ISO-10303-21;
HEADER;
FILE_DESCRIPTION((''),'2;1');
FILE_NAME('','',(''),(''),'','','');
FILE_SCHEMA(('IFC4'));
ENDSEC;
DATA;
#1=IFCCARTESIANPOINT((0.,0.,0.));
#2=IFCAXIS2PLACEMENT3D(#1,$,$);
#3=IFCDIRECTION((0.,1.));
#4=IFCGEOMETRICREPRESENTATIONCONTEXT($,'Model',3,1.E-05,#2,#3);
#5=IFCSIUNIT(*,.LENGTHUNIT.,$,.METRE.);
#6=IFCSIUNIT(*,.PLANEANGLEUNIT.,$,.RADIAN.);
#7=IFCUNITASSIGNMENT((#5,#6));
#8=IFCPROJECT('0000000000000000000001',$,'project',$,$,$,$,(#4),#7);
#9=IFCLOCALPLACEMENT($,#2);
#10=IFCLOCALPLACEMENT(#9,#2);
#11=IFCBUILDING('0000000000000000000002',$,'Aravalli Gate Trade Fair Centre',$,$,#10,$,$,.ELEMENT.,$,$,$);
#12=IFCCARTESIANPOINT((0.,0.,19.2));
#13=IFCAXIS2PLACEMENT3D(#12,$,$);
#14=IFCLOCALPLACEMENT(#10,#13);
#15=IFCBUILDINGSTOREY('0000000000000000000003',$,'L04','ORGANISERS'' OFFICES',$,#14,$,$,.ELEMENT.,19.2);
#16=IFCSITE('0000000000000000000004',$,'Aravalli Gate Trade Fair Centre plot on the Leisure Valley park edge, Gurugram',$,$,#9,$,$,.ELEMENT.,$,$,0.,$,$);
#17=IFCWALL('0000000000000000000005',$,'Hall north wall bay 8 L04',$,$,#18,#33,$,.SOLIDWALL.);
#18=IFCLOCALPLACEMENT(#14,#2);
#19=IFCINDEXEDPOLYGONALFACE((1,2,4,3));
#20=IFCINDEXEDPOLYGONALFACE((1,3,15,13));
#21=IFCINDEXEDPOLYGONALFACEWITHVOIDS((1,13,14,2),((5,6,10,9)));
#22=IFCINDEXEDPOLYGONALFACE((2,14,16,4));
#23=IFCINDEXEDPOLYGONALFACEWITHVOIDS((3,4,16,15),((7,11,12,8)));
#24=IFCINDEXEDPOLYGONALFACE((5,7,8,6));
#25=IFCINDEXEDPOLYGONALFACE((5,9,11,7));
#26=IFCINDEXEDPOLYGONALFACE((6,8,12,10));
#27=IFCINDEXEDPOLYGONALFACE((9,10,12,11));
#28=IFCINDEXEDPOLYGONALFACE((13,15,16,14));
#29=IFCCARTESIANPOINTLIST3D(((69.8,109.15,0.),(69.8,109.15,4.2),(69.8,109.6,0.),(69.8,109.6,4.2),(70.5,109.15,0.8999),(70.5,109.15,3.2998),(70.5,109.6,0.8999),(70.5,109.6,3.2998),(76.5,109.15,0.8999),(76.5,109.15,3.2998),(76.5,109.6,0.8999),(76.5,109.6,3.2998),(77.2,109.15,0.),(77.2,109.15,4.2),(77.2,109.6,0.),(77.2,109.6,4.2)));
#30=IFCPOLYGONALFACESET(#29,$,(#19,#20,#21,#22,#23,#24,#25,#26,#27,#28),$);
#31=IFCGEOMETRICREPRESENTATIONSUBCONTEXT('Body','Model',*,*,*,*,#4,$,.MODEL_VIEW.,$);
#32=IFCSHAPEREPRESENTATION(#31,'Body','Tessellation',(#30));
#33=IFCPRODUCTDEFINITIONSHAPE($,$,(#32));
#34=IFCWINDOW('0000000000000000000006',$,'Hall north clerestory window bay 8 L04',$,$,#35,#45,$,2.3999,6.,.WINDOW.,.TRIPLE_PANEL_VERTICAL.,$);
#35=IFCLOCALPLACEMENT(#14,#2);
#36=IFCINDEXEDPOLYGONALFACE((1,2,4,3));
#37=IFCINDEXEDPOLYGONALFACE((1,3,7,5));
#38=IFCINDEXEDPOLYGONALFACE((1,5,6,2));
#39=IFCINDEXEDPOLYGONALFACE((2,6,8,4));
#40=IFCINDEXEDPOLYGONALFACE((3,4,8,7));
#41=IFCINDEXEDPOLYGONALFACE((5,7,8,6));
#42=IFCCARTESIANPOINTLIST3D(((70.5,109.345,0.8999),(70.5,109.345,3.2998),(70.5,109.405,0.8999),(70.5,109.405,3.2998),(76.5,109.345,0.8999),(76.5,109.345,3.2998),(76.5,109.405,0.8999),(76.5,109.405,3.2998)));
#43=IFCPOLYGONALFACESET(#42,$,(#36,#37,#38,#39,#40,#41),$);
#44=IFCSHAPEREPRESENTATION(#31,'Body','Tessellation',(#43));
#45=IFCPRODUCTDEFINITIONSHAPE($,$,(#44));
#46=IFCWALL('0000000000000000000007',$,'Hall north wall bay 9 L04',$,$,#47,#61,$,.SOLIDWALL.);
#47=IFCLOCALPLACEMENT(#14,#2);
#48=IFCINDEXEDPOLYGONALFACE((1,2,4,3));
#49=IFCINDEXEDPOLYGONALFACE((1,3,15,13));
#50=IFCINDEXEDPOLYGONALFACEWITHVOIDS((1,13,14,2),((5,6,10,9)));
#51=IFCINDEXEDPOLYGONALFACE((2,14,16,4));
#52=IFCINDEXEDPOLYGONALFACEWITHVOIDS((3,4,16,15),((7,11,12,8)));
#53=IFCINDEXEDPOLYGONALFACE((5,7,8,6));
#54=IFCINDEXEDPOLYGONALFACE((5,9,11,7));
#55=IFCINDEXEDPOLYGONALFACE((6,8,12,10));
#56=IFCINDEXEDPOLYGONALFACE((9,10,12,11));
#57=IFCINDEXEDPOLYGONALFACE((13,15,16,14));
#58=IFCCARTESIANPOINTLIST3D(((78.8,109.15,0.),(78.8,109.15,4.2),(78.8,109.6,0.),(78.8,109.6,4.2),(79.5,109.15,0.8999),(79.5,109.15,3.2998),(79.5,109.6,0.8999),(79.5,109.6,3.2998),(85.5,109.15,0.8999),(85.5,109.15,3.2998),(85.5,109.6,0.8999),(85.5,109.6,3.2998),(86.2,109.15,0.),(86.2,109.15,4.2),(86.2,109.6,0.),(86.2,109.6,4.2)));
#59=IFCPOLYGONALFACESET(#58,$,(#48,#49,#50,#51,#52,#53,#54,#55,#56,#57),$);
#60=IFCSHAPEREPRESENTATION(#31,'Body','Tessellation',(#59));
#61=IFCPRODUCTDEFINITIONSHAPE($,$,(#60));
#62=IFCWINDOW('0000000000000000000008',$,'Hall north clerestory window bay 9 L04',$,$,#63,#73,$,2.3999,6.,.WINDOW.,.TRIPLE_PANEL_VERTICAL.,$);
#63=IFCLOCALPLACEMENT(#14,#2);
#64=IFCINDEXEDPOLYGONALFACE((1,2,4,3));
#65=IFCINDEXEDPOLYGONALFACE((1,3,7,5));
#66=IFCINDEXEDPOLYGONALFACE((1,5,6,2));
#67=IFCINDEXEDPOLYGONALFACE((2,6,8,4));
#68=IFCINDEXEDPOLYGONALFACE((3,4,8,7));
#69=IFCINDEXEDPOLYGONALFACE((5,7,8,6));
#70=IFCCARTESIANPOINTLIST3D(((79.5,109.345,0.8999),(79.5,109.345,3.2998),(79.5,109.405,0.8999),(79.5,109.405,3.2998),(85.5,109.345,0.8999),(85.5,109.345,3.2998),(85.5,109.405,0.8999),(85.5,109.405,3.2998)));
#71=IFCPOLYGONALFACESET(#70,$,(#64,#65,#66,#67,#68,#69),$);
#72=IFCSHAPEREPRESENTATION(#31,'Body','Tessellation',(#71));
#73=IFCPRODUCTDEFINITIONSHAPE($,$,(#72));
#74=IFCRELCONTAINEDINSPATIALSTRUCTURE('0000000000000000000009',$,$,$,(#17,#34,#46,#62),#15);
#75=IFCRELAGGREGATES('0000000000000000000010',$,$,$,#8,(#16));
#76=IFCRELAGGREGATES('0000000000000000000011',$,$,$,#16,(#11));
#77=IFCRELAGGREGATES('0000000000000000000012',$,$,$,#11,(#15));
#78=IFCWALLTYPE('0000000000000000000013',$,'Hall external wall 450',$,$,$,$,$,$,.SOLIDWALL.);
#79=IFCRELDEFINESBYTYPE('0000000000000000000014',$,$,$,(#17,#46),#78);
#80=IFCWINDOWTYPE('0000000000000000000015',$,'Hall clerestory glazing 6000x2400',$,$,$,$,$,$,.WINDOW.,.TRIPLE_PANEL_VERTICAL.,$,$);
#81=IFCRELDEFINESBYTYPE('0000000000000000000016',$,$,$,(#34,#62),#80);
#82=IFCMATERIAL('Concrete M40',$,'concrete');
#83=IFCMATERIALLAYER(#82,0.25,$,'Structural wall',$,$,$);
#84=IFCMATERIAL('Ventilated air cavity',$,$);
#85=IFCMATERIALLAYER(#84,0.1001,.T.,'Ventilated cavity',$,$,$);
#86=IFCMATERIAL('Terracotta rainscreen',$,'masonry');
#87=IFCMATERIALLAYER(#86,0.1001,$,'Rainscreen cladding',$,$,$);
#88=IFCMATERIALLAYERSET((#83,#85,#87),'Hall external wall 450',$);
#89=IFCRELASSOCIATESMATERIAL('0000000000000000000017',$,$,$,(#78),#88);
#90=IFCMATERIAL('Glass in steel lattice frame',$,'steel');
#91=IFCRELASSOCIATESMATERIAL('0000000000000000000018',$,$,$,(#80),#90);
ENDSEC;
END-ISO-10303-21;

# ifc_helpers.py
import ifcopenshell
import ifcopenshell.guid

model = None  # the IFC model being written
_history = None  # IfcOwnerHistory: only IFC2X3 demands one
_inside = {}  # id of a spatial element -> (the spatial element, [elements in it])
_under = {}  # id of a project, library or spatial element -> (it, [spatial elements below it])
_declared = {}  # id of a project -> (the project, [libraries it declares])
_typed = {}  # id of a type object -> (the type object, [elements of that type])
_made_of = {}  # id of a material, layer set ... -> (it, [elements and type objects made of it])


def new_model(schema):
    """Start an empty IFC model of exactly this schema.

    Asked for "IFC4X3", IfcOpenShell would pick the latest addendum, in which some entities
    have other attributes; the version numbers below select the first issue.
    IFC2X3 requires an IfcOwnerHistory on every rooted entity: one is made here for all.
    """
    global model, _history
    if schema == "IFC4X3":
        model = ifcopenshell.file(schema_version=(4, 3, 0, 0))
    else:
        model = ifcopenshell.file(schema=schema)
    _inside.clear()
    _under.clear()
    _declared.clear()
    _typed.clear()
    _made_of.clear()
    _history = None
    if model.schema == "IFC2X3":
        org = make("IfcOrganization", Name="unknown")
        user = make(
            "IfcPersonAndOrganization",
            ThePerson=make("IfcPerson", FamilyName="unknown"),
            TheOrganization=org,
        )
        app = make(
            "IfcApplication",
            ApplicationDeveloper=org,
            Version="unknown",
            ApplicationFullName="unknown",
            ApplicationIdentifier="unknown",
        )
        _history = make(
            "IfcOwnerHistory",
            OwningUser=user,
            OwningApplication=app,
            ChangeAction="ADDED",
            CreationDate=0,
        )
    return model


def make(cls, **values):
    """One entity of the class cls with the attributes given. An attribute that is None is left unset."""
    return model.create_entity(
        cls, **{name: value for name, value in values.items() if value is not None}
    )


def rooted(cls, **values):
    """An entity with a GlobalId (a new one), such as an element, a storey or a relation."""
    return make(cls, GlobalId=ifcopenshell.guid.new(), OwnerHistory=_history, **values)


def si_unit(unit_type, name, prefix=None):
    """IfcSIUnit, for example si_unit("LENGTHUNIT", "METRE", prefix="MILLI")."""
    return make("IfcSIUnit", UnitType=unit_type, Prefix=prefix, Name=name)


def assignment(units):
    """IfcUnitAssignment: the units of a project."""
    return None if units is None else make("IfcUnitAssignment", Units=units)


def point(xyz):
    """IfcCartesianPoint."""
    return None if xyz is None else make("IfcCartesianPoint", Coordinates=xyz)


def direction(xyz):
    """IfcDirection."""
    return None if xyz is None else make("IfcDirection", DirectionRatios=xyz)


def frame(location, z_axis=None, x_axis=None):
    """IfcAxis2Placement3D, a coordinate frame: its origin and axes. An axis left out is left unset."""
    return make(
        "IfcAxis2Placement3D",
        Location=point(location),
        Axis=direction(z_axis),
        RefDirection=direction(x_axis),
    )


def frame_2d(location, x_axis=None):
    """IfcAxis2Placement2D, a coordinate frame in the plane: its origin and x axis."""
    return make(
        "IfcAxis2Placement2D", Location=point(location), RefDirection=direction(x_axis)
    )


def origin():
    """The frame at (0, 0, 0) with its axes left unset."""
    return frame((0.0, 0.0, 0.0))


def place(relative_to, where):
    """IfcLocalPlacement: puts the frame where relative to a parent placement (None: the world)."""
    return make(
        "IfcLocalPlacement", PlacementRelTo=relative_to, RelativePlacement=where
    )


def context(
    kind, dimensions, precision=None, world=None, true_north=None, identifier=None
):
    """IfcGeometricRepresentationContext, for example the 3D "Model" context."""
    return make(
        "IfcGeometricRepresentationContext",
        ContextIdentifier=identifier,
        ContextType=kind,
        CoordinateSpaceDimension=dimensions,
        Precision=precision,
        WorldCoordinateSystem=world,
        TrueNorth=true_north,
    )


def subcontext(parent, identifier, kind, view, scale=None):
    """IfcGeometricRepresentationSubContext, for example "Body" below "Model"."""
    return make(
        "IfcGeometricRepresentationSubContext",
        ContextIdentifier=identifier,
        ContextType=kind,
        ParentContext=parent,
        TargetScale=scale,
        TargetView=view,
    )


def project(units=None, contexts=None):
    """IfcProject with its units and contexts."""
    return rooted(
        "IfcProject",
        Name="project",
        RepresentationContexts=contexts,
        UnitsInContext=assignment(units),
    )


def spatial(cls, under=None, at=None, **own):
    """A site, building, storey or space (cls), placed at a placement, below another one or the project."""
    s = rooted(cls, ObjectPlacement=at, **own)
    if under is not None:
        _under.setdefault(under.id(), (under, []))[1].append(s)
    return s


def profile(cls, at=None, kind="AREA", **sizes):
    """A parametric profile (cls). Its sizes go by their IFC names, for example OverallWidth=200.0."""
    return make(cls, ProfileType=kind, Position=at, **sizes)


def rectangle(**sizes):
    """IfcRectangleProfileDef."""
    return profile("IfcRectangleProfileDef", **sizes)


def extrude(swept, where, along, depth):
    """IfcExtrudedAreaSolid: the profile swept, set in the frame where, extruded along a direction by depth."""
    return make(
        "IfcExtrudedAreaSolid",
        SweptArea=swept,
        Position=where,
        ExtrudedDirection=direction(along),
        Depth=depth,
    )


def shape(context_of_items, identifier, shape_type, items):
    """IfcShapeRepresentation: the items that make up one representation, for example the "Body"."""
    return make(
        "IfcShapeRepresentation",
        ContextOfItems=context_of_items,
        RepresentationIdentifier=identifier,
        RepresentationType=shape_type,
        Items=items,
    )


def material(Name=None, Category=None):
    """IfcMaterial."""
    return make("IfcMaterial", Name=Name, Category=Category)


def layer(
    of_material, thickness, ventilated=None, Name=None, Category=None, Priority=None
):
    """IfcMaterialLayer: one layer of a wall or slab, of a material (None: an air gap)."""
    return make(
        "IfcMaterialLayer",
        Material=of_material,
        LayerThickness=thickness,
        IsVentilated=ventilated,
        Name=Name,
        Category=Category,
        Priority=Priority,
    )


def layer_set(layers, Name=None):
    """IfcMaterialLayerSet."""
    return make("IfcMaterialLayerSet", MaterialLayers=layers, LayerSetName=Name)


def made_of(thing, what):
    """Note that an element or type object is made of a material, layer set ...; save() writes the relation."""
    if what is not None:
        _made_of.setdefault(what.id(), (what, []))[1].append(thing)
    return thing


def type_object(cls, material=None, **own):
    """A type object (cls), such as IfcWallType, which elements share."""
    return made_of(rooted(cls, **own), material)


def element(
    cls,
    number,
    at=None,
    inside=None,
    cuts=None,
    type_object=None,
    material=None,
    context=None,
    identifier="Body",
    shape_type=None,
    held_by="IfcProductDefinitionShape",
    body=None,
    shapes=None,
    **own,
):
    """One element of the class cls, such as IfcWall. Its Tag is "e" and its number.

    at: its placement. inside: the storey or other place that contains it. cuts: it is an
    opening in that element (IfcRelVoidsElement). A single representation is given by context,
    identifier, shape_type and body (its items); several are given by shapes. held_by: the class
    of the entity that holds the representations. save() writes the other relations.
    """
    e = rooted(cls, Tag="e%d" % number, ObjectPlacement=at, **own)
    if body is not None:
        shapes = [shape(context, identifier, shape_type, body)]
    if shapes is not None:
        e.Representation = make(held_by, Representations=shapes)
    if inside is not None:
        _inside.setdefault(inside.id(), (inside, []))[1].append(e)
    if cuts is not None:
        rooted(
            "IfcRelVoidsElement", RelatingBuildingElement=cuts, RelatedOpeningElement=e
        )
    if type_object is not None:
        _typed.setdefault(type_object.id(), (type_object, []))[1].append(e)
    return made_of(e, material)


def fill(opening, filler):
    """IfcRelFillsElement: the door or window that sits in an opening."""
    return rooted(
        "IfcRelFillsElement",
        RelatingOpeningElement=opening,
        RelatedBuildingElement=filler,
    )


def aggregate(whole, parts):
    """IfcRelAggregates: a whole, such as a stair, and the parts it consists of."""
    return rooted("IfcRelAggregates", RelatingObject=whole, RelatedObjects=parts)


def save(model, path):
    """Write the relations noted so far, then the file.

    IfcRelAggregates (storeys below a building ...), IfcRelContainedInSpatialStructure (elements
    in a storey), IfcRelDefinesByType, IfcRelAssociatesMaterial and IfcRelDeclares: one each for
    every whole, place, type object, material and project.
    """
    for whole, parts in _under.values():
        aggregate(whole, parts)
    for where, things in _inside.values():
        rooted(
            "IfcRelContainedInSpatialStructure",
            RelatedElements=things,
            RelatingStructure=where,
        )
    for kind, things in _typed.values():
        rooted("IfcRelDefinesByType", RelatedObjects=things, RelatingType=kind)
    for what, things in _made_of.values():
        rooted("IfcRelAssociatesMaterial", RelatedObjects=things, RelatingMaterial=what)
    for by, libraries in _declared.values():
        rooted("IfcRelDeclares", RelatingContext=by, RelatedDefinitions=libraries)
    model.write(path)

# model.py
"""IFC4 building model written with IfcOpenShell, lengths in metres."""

from ifc_helpers import new_model, si_unit, direction, frame, frame_2d, origin, place, context, subcontext, project, spatial, rectangle, extrude, material, layer, layer_set, type_object, element, fill, save


model = new_model("IFC4")

# Units and contexts
model_context = context("Model", 3, precision=1e-05, world=origin(), true_north=direction((0.0, 1.0)))
body_context = subcontext(model_context, "Body", "Model", "MODEL_VIEW")
ifc_project = project(units=[si_unit("LENGTHUNIT", "METRE"), si_unit("PLANEANGLEUNIT", "RADIAN")], contexts=[model_context])

# Site, building, storey
site_placement = place(None, origin())
site = spatial("IfcSite", under=ifc_project, at=site_placement, Name="Aravalli Gate Trade Fair Centre plot on the Leisure Valley park edge, Gurugram", CompositionType="ELEMENT", RefElevation=0.0)
building_placement = place(site_placement, origin())
building = spatial("IfcBuilding", under=site, at=building_placement, Name="Aravalli Gate Trade Fair Centre", CompositionType="ELEMENT")
storey_placement = place(building_placement, frame((0.0, 0.0, 19.2)))
storey = spatial("IfcBuildingStorey", under=building, at=storey_placement, Name="L04", Description="ORGANISERS' OFFICES", CompositionType="ELEMENT", Elevation=19.2)

# Walls, openings, windows
ifc_material_1 = material(Name="Concrete M40", Category="concrete")
ifc_layer_1 = layer(ifc_material_1, 0.25, Name="Structural wall")
ifc_material_2 = material(Name="Ventilated air cavity")
ifc_layer_2 = layer(ifc_material_2, 0.1001, ventilated=True, Name="Ventilated cavity")
ifc_material_3 = material(Name="Terracotta rainscreen", Category="masonry")
ifc_layer_3 = layer(ifc_material_3, 0.1001, Name="Rainscreen cladding")
ifc_layer_set = layer_set([ifc_layer_1, ifc_layer_2, ifc_layer_3], Name="Hall external wall 450")
wall_type = type_object("IfcWallType", Name="Hall external wall 450", PredefinedType="SOLIDWALL", material=ifc_layer_set)
ifc_material_4 = material(Name="Glass in steel lattice frame", Category="steel")
window_type = type_object("IfcWindowType", Name="Hall clerestory glazing 6000x2400", PartitioningType="TRIPLE_PANEL_VERTICAL", PredefinedType="WINDOW", material=ifc_material_4)
wall_1_placement = place(storey_placement, frame((69.8, 109.375, 0.0), z_axis=(0.0, 0.0, 1.0), x_axis=(1.0, 0.0, 0.0)))
wall_1 = element("IfcWall", 1, at=wall_1_placement, inside=storey, type_object=wall_type, Name="Hall north wall bay 8 L04", PredefinedType="SOLIDWALL", context=body_context, shape_type="SweptSolid", body=[
    extrude(rectangle(XDim=7.3999, YDim=0.45, at=frame_2d((3.7, 0.0))), origin(), (0.0, 0.0, 1.0), 4.2),
])
opening_1_placement = place(wall_1_placement, frame((0.7, 0.0, 0.8999)))
opening_1 = element("IfcOpeningElement", 2, at=opening_1_placement, cuts=wall_1, PredefinedType="OPENING", context=body_context, shape_type="SweptSolid", body=[
    extrude(rectangle(XDim=6.0, YDim=2.3999, at=frame_2d((3.0, 1.2))), frame((0.0, 0.2349, 0.0), z_axis=(0.0, -1.0, 0.0), x_axis=(1.0, 0.0, 0.0)), (0.0, 0.0, 1.0), 0.47),
])
window_1_placement = place(opening_1_placement, origin())
window_1 = element("IfcWindow", 3, at=window_1_placement, inside=storey, type_object=window_type, Name="Hall north clerestory window bay 8 L04", OverallHeight=2.3999, OverallWidth=6.0, PartitioningType="TRIPLE_PANEL_VERTICAL", PredefinedType="WINDOW", context=body_context, shape_type="SweptSolid", body=[
    extrude(rectangle(XDim=6.0, YDim=2.3999, at=frame_2d((3.0, 1.2))), frame((0.0, 0.03, 0.0), z_axis=(0.0, -1.0, 0.0), x_axis=(1.0, 0.0, 0.0)), (0.0, 0.0, 1.0), 0.0601),
])
fill(opening_1, window_1)
wall_2_placement = place(storey_placement, frame((78.8, 109.375, 0.0), z_axis=(0.0, 0.0, 1.0), x_axis=(1.0, 0.0, 0.0)))
wall_2 = element("IfcWall", 4, at=wall_2_placement, inside=storey, type_object=wall_type, Name="Hall north wall bay 9 L04", PredefinedType="SOLIDWALL", context=body_context, shape_type="SweptSolid", body=[
    extrude(rectangle(XDim=7.3999, YDim=0.45, at=frame_2d((3.7, 0.0))), origin(), (0.0, 0.0, 1.0), 4.2),
])
opening_2_placement = place(wall_2_placement, frame((0.7, 0.0, 0.8999)))
opening_2 = element("IfcOpeningElement", 5, at=opening_2_placement, cuts=wall_2, PredefinedType="OPENING", context=body_context, shape_type="SweptSolid", body=[
    extrude(rectangle(XDim=6.0, YDim=2.3999, at=frame_2d((3.0, 1.2))), frame((0.0, 0.2349, 0.0), z_axis=(0.0, -1.0, 0.0), x_axis=(1.0, 0.0, 0.0)), (0.0, 0.0, 1.0), 0.47),
])
window_2_placement = place(opening_2_placement, origin())
window_2 = element("IfcWindow", 6, at=window_2_placement, inside=storey, type_object=window_type, Name="Hall north clerestory window bay 9 L04", OverallHeight=2.3999, OverallWidth=6.0, PartitioningType="TRIPLE_PANEL_VERTICAL", PredefinedType="WINDOW", context=body_context, shape_type="SweptSolid", body=[
    extrude(rectangle(XDim=6.0, YDim=2.3999, at=frame_2d((3.0, 1.2))), frame((0.0, 0.03, 0.0), z_axis=(0.0, -1.0, 0.0), x_axis=(1.0, 0.0, 0.0)), (0.0, 0.0, 1.0), 0.0601),
])
fill(opening_2, window_2)

save(model, "model.ifc")
